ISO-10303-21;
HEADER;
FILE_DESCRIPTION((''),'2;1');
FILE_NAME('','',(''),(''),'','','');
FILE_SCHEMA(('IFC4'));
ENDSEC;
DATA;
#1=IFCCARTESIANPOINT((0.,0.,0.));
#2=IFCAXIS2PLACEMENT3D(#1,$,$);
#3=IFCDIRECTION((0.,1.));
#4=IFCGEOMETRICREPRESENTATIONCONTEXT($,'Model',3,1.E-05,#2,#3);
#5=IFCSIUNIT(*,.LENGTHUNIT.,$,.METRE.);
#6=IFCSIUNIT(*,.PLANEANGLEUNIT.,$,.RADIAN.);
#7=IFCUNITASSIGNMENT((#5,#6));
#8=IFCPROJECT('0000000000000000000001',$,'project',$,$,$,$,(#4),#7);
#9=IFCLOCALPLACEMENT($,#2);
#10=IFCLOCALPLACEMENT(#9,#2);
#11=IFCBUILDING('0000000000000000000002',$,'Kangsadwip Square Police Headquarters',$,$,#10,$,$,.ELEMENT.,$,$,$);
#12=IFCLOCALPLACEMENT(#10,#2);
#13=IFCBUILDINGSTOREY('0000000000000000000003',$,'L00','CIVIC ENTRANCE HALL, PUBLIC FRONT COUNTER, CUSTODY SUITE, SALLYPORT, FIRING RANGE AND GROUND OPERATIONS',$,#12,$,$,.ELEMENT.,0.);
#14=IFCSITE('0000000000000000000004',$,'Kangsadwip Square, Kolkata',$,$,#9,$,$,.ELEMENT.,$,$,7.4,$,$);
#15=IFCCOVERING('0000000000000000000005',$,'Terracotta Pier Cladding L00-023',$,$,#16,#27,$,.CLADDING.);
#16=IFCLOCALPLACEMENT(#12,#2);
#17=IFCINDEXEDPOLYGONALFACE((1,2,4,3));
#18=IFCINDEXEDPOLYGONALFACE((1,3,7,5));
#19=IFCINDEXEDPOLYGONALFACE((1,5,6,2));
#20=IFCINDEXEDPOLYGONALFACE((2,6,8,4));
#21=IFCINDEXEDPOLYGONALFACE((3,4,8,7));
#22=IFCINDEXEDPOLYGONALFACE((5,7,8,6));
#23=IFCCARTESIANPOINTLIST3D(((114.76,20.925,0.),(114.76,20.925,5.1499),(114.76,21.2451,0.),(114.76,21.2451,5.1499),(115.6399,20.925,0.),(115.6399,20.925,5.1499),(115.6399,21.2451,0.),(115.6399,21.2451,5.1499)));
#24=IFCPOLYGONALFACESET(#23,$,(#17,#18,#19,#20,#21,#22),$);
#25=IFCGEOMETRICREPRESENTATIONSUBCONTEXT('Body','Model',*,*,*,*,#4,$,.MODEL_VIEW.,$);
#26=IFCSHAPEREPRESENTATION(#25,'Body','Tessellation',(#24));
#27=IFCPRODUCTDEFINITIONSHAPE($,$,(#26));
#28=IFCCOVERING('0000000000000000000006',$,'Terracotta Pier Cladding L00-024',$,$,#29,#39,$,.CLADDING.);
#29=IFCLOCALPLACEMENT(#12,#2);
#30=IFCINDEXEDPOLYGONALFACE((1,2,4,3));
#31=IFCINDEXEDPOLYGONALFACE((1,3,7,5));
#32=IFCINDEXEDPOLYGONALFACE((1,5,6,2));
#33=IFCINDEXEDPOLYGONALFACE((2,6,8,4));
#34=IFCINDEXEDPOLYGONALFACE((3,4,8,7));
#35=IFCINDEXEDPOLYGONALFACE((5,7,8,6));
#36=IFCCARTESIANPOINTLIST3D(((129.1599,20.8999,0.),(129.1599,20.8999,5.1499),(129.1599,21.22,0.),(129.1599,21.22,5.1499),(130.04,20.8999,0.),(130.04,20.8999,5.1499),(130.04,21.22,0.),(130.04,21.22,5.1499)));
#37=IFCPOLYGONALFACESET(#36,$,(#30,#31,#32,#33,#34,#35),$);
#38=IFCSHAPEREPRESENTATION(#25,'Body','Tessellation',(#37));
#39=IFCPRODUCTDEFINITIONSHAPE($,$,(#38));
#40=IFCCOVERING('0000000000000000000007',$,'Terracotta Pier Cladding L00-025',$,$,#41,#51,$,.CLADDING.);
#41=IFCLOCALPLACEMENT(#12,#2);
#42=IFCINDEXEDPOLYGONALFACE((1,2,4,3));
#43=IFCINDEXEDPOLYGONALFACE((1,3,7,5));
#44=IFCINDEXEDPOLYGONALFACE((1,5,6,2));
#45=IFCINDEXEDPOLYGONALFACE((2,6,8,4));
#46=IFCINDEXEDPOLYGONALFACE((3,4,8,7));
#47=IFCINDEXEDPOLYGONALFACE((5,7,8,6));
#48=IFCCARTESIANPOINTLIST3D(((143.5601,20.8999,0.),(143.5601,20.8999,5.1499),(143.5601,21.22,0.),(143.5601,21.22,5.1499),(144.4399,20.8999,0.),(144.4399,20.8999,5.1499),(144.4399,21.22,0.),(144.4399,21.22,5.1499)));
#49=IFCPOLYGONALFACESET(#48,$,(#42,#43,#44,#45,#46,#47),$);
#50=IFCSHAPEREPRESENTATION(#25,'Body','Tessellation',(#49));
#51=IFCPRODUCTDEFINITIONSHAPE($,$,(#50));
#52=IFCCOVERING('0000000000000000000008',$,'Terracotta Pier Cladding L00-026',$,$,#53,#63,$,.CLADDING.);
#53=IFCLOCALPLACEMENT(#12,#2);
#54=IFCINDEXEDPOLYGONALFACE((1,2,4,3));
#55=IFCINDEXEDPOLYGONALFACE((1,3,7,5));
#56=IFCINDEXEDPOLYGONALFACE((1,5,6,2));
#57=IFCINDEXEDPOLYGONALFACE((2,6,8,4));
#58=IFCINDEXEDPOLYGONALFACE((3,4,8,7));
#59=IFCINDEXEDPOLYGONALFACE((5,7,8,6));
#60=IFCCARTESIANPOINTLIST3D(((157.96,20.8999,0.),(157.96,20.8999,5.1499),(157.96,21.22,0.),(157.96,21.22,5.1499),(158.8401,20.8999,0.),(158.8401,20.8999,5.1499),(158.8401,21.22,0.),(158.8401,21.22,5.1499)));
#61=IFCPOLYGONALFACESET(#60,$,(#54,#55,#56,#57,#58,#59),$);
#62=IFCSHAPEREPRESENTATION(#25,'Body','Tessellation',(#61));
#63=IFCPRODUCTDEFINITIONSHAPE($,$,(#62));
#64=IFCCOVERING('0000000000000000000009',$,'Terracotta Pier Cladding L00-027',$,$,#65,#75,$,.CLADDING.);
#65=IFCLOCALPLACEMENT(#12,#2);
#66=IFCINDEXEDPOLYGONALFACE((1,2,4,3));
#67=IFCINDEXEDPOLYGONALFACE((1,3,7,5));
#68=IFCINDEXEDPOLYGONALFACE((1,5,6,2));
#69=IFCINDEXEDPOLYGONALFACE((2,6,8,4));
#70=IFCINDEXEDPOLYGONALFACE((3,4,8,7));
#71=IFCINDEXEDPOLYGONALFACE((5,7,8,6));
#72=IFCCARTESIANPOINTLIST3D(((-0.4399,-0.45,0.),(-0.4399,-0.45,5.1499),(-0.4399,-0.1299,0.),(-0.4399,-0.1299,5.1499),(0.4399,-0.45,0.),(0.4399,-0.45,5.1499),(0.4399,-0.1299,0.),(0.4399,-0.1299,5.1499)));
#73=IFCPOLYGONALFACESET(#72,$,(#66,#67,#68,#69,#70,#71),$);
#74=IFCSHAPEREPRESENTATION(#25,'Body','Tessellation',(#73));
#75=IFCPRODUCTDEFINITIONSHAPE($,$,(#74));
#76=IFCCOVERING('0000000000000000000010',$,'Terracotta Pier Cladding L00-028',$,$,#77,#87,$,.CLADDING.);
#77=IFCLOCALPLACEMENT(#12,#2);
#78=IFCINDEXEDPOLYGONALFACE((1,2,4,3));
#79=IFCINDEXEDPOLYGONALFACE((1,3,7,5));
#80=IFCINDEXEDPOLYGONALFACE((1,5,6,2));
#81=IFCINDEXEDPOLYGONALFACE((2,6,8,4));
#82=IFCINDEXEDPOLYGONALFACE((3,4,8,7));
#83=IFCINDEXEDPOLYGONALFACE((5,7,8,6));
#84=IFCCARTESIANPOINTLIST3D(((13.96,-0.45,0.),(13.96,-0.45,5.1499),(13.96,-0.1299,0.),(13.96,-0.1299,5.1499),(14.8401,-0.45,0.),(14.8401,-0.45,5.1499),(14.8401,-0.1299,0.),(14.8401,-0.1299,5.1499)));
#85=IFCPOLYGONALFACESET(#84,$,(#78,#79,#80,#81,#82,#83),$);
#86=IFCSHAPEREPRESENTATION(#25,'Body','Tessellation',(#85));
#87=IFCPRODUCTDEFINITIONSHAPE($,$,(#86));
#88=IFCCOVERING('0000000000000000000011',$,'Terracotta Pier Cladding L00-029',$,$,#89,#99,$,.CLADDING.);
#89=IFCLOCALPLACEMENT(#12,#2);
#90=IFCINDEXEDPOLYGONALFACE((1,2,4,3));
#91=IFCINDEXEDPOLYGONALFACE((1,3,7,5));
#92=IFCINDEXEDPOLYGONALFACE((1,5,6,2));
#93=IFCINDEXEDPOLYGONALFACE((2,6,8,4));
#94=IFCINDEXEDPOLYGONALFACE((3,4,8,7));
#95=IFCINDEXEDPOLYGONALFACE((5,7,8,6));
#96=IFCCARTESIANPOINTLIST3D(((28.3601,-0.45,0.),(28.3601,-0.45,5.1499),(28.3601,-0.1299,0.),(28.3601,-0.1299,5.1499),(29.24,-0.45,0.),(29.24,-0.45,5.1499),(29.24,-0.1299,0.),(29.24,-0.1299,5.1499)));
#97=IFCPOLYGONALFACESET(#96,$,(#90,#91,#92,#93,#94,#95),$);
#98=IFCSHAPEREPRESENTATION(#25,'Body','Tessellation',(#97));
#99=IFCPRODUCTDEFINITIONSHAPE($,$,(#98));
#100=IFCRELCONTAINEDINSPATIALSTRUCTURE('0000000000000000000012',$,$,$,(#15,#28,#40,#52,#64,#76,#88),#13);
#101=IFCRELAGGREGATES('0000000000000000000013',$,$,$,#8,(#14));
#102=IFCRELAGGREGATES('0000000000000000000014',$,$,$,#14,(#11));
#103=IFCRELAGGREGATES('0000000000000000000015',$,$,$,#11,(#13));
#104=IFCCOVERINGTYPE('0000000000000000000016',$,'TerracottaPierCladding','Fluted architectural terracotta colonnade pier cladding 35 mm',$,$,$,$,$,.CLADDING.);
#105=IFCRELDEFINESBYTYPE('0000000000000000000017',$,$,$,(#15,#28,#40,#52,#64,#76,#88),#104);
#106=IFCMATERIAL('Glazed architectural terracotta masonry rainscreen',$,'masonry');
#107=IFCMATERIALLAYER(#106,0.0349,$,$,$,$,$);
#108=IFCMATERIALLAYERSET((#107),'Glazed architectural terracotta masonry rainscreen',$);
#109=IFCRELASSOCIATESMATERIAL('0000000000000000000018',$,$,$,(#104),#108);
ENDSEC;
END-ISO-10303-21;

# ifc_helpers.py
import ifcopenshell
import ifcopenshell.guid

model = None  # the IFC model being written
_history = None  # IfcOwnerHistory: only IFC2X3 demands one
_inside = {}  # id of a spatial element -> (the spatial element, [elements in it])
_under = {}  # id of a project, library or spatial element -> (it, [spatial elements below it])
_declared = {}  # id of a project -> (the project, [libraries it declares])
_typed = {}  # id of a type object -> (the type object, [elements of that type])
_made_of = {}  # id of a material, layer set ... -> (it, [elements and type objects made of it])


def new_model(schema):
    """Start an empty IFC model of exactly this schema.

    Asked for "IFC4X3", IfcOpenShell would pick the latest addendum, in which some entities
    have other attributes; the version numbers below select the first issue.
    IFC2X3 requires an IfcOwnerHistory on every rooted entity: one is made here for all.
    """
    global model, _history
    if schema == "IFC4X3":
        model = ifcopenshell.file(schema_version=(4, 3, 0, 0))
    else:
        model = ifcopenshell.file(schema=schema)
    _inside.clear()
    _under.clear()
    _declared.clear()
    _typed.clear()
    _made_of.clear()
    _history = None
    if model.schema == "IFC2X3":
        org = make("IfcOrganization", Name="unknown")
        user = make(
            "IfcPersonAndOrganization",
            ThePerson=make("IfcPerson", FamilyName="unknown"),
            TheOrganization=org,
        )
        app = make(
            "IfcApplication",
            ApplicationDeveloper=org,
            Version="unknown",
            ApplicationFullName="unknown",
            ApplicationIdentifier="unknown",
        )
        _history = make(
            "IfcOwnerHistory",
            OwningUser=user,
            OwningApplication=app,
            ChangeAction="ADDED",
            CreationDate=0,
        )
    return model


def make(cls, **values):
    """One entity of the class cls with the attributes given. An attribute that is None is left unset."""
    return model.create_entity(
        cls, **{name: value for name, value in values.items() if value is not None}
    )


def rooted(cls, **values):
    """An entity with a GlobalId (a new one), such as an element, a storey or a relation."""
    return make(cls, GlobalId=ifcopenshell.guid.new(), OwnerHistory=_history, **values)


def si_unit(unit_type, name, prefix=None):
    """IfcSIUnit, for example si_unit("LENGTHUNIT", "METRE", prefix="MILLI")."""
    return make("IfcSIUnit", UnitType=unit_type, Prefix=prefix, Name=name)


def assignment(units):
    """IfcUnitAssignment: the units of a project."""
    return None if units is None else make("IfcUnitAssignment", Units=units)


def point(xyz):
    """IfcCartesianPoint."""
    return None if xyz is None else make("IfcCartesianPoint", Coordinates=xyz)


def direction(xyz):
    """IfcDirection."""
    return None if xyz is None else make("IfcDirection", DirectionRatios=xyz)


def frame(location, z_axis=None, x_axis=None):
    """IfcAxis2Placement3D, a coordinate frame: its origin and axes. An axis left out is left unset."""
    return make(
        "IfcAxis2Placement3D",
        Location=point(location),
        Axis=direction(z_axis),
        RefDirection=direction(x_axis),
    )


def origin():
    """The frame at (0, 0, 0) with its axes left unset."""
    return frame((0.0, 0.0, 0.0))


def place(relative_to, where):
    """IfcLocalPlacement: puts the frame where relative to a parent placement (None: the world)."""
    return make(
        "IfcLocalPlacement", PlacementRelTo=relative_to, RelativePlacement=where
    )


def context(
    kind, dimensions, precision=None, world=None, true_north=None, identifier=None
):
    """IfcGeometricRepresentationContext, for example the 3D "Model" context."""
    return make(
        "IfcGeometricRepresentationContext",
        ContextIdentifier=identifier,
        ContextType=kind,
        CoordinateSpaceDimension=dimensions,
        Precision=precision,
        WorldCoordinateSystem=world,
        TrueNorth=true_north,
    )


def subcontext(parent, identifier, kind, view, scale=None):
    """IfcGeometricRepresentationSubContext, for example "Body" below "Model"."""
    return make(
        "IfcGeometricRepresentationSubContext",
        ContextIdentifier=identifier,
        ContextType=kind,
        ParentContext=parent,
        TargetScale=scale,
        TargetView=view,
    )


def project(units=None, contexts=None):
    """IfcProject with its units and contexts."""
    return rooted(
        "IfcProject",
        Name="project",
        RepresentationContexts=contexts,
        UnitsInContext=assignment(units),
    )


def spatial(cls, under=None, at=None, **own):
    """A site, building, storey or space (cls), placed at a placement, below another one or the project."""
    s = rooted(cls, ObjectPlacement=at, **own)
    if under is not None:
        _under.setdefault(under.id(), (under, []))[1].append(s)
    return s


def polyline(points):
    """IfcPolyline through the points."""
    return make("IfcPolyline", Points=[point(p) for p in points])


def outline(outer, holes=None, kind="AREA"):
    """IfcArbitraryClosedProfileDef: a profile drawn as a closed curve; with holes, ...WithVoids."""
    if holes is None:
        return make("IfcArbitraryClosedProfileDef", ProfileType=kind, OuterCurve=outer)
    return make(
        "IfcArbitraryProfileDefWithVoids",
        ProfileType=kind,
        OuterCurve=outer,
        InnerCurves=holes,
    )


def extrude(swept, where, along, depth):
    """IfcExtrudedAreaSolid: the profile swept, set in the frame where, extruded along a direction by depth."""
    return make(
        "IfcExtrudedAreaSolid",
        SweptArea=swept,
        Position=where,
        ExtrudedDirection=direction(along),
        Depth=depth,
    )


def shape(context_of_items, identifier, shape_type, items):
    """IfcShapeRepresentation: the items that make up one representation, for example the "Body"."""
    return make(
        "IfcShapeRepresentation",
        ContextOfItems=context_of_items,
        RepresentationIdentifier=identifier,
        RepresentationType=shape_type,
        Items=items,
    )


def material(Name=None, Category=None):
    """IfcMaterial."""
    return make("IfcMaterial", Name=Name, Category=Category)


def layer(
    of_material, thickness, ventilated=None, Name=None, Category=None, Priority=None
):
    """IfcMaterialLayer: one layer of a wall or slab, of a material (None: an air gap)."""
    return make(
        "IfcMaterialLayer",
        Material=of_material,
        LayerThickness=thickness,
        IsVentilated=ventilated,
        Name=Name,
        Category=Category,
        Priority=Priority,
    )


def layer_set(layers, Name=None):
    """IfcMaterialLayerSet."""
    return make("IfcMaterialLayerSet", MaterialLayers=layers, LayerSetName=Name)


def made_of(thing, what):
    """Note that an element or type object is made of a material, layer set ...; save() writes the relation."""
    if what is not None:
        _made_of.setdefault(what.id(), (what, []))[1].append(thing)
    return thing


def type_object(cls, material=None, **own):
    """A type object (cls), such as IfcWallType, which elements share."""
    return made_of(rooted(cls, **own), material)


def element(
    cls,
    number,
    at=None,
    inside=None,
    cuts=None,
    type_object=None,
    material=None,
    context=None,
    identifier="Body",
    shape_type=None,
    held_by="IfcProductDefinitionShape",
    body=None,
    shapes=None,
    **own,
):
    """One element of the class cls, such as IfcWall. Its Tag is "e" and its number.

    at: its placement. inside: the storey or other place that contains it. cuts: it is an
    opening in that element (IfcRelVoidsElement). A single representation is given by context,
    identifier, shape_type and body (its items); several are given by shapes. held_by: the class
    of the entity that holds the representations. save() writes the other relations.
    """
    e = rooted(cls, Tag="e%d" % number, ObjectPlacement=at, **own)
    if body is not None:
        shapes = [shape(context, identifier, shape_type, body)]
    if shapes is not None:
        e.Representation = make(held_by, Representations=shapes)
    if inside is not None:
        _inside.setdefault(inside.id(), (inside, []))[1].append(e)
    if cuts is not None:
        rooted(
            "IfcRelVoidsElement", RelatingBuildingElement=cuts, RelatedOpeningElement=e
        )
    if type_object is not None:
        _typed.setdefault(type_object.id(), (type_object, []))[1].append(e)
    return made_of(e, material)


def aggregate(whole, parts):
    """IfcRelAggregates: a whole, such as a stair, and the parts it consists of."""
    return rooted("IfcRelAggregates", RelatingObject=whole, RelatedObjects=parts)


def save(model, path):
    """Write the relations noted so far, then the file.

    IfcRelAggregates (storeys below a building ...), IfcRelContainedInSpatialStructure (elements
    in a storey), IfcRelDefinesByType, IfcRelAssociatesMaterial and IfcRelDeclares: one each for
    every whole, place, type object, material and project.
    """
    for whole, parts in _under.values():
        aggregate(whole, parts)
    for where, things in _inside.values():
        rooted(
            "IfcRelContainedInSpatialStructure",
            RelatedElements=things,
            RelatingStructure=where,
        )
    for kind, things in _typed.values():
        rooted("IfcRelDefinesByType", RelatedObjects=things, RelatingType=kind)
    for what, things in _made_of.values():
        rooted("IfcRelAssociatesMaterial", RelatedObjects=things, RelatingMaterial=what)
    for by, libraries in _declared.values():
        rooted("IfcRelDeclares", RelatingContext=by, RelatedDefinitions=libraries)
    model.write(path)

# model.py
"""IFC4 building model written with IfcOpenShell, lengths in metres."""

from ifc_helpers import new_model, si_unit, direction, origin, place, context, subcontext, project, spatial, polyline, outline, extrude, material, layer, layer_set, type_object, element, save


model = new_model("IFC4")

# Units and contexts
model_context = context("Model", 3, precision=1e-05, world=origin(), true_north=direction((0.0, 1.0)))
body_context = subcontext(model_context, "Body", "Model", "MODEL_VIEW")
ifc_project = project(units=[si_unit("LENGTHUNIT", "METRE"), si_unit("PLANEANGLEUNIT", "RADIAN")], contexts=[model_context])

# Site, building, storey
site_placement = place(None, origin())
site = spatial("IfcSite", under=ifc_project, at=site_placement, Name="Kangsadwip Square, Kolkata", CompositionType="ELEMENT", RefElevation=7.4)
building_placement = place(site_placement, origin())
building = spatial("IfcBuilding", under=site, at=building_placement, Name="Kangsadwip Square Police Headquarters", CompositionType="ELEMENT")
storey_placement = place(building_placement, origin())
storey = spatial("IfcBuildingStorey", under=building, at=storey_placement, Name="L00", Description="CIVIC ENTRANCE HALL, PUBLIC FRONT COUNTER, CUSTODY SUITE, SALLYPORT, FIRING RANGE AND GROUND OPERATIONS", CompositionType="ELEMENT", Elevation=0.0)

# Coverings
ifc_material_1 = material(Name="Glazed architectural terracotta masonry rainscreen", Category="masonry")
ifc_layer_1 = layer(ifc_material_1, 0.0349)
ifc_layer_set_1 = layer_set([ifc_layer_1], Name="Glazed architectural terracotta masonry rainscreen")
covering_type_1 = type_object("IfcCoveringType", Name="TerracottaPierCladding", Description="Fluted architectural terracotta colonnade pier cladding 35 mm", PredefinedType="CLADDING", material=ifc_layer_set_1)
covering_1_placement = place(storey_placement, origin())
element("IfcCovering", 1, at=covering_1_placement, inside=storey, type_object=covering_type_1, Name="Terracotta Pier Cladding L00-023", PredefinedType="CLADDING", context=body_context, shape_type="SweptSolid", body=[
    extrude(outline(polyline([(114.76, 20.925), (115.6399, 20.925), (115.6399, 21.2451), (114.76, 21.2451), (114.76, 20.925)])), origin(), (0.0, 0.0, 1.0), 5.1499),
])
covering_2_placement = place(storey_placement, origin())
element("IfcCovering", 2, at=covering_2_placement, inside=storey, type_object=covering_type_1, Name="Terracotta Pier Cladding L00-024", PredefinedType="CLADDING", context=body_context, shape_type="SweptSolid", body=[
    extrude(outline(polyline([(129.1599, 20.8999), (130.04, 20.8999), (130.04, 21.22), (129.1599, 21.22), (129.1599, 20.8999)])), origin(), (0.0, 0.0, 1.0), 5.1499),
])
covering_3_placement = place(storey_placement, origin())
element("IfcCovering", 3, at=covering_3_placement, inside=storey, type_object=covering_type_1, Name="Terracotta Pier Cladding L00-025", PredefinedType="CLADDING", context=body_context, shape_type="SweptSolid", body=[
    extrude(outline(polyline([(143.5601, 20.8999), (144.4399, 20.8999), (144.4399, 21.22), (143.5601, 21.22), (143.5601, 20.8999)])), origin(), (0.0, 0.0, 1.0), 5.1499),
])
covering_4_placement = place(storey_placement, origin())
element("IfcCovering", 4, at=covering_4_placement, inside=storey, type_object=covering_type_1, Name="Terracotta Pier Cladding L00-026", PredefinedType="CLADDING", context=body_context, shape_type="SweptSolid", body=[
    extrude(outline(polyline([(157.96, 20.8999), (158.8401, 20.8999), (158.8401, 21.22), (157.96, 21.22), (157.96, 20.8999)])), origin(), (0.0, 0.0, 1.0), 5.1499),
])
covering_5_placement = place(storey_placement, origin())
element("IfcCovering", 5, at=covering_5_placement, inside=storey, type_object=covering_type_1, Name="Terracotta Pier Cladding L00-027", PredefinedType="CLADDING", context=body_context, shape_type="SweptSolid", body=[
    extrude(outline(polyline([(-0.4399, -0.45), (0.4399, -0.45), (0.4399, -0.1299), (-0.4399, -0.1299), (-0.4399, -0.45)])), origin(), (0.0, 0.0, 1.0), 5.1499),
])
covering_6_placement = place(storey_placement, origin())
element("IfcCovering", 6, at=covering_6_placement, inside=storey, type_object=covering_type_1, Name="Terracotta Pier Cladding L00-028", PredefinedType="CLADDING", context=body_context, shape_type="SweptSolid", body=[
    extrude(outline(polyline([(13.96, -0.45), (14.8401, -0.45), (14.8401, -0.1299), (13.96, -0.1299), (13.96, -0.45)])), origin(), (0.0, 0.0, 1.0), 5.1499),
])
covering_7_placement = place(storey_placement, origin())
element("IfcCovering", 7, at=covering_7_placement, inside=storey, type_object=covering_type_1, Name="Terracotta Pier Cladding L00-029", PredefinedType="CLADDING", context=body_context, shape_type="SweptSolid", body=[
    extrude(outline(polyline([(28.3601, -0.45), (29.24, -0.45), (29.24, -0.1299), (28.3601, -0.1299), (28.3601, -0.45)])), origin(), (0.0, 0.0, 1.0), 5.1499),
])

save(model, "model.ifc")
